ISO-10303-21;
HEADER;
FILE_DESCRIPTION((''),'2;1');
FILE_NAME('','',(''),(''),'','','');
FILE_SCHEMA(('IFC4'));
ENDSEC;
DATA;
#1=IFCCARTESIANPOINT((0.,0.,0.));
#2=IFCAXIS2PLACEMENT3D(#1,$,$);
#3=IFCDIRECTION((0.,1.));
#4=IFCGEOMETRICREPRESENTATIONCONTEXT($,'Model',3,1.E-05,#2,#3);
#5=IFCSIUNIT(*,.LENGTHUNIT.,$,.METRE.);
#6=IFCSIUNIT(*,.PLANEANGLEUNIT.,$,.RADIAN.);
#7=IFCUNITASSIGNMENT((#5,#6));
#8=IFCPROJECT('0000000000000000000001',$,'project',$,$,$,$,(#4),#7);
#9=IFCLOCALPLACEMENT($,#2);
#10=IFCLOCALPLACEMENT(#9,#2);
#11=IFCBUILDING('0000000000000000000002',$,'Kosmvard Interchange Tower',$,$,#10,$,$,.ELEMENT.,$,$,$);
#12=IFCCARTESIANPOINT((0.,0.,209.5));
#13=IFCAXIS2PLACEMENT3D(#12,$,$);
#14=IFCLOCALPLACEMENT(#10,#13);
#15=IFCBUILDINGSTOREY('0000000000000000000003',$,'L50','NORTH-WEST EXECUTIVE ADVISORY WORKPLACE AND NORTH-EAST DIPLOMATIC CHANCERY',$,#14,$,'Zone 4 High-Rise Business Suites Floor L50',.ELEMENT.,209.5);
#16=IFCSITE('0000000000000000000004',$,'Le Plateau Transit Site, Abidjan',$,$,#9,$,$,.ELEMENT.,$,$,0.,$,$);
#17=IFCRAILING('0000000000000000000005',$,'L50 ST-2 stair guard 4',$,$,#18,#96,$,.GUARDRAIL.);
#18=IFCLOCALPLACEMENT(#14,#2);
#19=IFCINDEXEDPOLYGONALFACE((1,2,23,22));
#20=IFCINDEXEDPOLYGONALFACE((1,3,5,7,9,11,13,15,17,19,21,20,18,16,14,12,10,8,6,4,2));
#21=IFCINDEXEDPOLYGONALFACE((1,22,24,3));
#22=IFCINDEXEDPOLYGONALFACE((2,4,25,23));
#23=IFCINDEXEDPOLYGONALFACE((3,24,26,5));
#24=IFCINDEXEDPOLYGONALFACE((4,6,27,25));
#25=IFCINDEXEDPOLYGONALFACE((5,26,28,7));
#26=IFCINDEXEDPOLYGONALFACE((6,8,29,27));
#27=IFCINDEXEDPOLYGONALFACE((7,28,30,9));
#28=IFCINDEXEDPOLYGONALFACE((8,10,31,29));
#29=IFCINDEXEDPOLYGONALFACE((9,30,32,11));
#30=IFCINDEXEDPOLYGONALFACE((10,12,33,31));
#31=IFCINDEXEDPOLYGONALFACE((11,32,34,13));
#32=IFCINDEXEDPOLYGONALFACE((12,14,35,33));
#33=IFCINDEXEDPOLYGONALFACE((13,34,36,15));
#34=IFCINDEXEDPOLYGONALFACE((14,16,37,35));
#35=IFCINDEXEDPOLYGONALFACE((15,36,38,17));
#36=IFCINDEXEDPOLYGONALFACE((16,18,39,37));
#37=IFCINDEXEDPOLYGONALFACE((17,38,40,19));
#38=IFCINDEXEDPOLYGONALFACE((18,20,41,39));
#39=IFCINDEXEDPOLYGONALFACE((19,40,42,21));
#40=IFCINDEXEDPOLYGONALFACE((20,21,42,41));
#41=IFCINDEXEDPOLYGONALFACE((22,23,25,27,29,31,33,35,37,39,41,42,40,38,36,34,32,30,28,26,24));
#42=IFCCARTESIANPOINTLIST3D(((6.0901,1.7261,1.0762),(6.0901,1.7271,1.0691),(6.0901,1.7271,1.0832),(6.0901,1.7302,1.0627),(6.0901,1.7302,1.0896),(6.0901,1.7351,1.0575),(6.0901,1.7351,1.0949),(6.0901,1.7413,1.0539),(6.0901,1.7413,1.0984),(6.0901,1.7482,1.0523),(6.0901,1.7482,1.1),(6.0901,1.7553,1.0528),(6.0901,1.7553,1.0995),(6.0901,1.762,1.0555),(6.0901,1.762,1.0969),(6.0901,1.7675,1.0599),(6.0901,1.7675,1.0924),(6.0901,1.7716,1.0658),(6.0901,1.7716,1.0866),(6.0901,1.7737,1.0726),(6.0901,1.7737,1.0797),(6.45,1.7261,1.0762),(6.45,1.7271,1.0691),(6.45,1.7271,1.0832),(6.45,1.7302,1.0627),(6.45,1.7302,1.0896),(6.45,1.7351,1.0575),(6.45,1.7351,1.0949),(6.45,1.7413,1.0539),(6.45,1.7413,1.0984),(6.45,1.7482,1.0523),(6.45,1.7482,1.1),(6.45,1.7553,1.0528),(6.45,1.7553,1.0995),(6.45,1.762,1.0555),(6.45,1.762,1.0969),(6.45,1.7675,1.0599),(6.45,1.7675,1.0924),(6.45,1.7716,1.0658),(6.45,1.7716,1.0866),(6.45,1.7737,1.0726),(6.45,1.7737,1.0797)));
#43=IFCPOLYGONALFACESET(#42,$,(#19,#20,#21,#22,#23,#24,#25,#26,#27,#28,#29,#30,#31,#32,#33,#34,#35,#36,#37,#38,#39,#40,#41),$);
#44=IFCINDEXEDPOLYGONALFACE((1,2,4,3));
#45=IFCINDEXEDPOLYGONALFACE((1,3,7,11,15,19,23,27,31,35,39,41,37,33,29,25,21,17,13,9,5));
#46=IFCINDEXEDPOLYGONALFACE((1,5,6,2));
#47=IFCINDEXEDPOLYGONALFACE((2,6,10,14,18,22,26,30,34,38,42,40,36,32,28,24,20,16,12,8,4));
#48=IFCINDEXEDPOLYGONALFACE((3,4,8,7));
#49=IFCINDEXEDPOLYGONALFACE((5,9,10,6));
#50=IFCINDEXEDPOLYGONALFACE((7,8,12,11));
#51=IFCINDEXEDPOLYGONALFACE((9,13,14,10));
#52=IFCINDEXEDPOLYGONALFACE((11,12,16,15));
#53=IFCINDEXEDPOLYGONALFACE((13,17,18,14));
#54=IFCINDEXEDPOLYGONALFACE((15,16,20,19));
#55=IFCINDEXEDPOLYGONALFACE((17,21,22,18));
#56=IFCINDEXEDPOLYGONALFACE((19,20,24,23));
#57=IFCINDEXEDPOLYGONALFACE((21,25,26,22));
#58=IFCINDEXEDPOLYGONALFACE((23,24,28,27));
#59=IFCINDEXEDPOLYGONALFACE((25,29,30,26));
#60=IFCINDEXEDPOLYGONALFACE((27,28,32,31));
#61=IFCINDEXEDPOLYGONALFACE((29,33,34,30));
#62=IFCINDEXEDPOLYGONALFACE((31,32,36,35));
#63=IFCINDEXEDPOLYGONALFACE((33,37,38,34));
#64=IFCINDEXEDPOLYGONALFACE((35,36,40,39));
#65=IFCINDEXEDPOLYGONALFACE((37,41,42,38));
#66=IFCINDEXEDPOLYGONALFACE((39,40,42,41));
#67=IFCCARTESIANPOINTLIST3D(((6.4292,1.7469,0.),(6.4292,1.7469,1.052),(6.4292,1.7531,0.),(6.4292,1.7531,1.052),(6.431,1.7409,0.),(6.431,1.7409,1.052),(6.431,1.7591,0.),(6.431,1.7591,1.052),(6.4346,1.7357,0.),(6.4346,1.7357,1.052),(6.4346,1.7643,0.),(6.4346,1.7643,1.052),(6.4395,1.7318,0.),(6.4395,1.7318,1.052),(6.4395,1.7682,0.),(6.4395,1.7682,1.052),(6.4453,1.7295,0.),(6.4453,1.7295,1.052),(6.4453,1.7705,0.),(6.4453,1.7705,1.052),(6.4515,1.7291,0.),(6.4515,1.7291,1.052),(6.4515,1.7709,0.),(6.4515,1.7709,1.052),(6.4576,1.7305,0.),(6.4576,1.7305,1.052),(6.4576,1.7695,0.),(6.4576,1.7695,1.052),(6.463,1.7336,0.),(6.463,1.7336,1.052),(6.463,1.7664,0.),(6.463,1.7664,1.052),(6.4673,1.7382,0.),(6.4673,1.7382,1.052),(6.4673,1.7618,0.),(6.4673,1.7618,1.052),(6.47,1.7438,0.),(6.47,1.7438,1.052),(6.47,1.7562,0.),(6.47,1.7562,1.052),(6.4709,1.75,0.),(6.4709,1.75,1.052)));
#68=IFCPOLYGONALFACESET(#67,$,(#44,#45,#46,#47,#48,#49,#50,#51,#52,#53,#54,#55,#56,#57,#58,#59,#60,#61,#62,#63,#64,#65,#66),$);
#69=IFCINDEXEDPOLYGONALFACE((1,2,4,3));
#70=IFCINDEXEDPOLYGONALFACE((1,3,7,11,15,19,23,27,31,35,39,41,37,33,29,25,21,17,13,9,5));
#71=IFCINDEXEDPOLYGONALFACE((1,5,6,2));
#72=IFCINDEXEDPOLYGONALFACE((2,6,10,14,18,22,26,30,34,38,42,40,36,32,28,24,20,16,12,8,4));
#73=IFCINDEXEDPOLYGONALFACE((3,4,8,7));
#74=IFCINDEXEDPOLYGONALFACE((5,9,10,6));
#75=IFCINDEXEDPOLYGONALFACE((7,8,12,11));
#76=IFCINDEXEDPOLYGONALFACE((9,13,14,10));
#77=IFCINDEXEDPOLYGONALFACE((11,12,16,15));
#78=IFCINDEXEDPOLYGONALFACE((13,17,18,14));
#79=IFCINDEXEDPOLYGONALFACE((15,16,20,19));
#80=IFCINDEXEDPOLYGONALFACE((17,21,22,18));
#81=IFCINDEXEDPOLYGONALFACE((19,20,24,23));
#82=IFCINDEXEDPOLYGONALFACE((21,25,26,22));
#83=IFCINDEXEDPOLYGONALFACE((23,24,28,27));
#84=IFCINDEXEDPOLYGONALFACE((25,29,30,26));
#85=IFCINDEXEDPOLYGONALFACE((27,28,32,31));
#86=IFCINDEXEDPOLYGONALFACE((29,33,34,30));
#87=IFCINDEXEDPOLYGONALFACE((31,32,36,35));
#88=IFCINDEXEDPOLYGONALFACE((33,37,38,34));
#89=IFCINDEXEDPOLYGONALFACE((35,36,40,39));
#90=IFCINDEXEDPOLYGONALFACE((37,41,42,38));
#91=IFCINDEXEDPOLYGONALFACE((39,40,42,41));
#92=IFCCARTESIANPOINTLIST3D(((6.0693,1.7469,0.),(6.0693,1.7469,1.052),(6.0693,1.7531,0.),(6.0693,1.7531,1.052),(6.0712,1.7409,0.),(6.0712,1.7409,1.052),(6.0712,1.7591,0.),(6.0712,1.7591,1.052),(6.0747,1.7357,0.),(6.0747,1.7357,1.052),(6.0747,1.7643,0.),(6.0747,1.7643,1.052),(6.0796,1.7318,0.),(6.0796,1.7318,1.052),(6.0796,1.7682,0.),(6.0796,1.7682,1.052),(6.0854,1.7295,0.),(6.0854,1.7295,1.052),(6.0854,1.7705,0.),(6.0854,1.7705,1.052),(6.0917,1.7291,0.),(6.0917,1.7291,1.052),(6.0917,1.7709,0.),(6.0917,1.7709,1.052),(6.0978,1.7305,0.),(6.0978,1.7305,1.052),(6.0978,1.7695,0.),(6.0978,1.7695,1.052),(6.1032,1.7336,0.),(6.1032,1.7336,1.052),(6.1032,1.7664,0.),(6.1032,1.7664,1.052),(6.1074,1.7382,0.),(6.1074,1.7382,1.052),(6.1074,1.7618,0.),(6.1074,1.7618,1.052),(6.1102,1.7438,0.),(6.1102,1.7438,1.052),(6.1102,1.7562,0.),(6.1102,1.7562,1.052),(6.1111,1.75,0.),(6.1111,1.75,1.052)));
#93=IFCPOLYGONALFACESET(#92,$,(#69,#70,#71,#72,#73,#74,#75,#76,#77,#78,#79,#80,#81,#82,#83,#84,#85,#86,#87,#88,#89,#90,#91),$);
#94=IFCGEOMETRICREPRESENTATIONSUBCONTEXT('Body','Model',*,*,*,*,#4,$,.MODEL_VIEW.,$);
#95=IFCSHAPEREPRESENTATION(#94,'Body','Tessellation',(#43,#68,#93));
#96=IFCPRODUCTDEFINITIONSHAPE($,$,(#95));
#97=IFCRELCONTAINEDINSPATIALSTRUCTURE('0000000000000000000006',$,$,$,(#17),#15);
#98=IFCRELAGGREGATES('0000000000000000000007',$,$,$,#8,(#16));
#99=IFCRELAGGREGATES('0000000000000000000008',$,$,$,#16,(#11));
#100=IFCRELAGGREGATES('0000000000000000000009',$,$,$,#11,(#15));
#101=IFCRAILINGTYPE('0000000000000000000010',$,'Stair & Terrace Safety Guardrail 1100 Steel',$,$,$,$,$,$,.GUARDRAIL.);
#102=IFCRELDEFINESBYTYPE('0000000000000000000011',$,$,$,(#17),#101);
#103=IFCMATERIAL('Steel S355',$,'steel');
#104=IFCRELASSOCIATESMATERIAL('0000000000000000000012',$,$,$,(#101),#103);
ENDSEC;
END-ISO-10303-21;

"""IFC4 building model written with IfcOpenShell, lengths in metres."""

from ifc_helpers import new_model, si_unit, direction, frame, origin, origin_2d, place, context, subcontext, project, spatial, circle, extrude, source, transform, mapped, material, type_object, element, save


model = new_model("IFC4")

# Units and contexts
model_context = context("Model", 3, precision=1e-05, world=origin(), true_north=direction((0.0, 1.0)))
body_context = subcontext(model_context, "Body", "Model", "MODEL_VIEW")
ifc_project = project(units=[si_unit("LENGTHUNIT", "METRE"), si_unit("PLANEANGLEUNIT", "RADIAN")], contexts=[model_context])

# Site, building, storey
site_placement = place(None, origin())
site = spatial("IfcSite", under=ifc_project, at=site_placement, Name="Le Plateau Transit Site, Abidjan", CompositionType="ELEMENT", RefElevation=0.0)
building_placement = place(site_placement, origin())
building = spatial("IfcBuilding", under=site, at=building_placement, Name="Kosmvard Interchange Tower", CompositionType="ELEMENT")
storey_placement = place(building_placement, frame((0.0, 0.0, 209.5)))
storey = spatial("IfcBuildingStorey", under=building, at=storey_placement, Name="L50", Description="NORTH-WEST EXECUTIVE ADVISORY WORKPLACE AND NORTH-EAST DIPLOMATIC CHANCERY", LongName="Zone 4 High-Rise Business Suites Floor L50", CompositionType="ELEMENT", Elevation=209.5)

# Railing
ifc_material_1 = material(Name="Steel S355", Category="steel")
railing_type_1 = type_object("IfcRailingType", Name="Stair & Terrace Safety Guardrail 1100 Steel", PredefinedType="GUARDRAIL", material=ifc_material_1)
shared_shape_1 = source(origin(), body_context, "Body", "SweptSolid", [
    extrude(circle(Radius=0.0239, at=origin_2d()), frame((0.0, 0.0, 1.0762), z_axis=(-1.0, 0.0, 0.0), x_axis=(0.0, -1.0, 0.0)), (0.0, 0.0, 1.0), 0.3599),
    extrude(circle(Radius=0.021, at=origin_2d()), origin(), (0.0, 0.0, 1.0), 1.052),
    extrude(circle(Radius=0.021, at=origin_2d()), frame((-0.3599, 0.0, 0.0)), (0.0, 0.0, 1.0), 1.052),
])
for number, where, name in (
    (1, (6.45, 1.75, 0.0), "L50 ST-2 stair guard 4"),
):
    element("IfcRailing", number, at=place(storey_placement, frame(where)), inside=storey, type_object=railing_type_1, Name=name, PredefinedType="GUARDRAIL", context=body_context, shape_type="MappedRepresentation", body=[
        mapped(shared_shape_1, transform((0.0, 0.0, 0.0), scale=1.0)),
    ])

save(model, "model.ifc")
